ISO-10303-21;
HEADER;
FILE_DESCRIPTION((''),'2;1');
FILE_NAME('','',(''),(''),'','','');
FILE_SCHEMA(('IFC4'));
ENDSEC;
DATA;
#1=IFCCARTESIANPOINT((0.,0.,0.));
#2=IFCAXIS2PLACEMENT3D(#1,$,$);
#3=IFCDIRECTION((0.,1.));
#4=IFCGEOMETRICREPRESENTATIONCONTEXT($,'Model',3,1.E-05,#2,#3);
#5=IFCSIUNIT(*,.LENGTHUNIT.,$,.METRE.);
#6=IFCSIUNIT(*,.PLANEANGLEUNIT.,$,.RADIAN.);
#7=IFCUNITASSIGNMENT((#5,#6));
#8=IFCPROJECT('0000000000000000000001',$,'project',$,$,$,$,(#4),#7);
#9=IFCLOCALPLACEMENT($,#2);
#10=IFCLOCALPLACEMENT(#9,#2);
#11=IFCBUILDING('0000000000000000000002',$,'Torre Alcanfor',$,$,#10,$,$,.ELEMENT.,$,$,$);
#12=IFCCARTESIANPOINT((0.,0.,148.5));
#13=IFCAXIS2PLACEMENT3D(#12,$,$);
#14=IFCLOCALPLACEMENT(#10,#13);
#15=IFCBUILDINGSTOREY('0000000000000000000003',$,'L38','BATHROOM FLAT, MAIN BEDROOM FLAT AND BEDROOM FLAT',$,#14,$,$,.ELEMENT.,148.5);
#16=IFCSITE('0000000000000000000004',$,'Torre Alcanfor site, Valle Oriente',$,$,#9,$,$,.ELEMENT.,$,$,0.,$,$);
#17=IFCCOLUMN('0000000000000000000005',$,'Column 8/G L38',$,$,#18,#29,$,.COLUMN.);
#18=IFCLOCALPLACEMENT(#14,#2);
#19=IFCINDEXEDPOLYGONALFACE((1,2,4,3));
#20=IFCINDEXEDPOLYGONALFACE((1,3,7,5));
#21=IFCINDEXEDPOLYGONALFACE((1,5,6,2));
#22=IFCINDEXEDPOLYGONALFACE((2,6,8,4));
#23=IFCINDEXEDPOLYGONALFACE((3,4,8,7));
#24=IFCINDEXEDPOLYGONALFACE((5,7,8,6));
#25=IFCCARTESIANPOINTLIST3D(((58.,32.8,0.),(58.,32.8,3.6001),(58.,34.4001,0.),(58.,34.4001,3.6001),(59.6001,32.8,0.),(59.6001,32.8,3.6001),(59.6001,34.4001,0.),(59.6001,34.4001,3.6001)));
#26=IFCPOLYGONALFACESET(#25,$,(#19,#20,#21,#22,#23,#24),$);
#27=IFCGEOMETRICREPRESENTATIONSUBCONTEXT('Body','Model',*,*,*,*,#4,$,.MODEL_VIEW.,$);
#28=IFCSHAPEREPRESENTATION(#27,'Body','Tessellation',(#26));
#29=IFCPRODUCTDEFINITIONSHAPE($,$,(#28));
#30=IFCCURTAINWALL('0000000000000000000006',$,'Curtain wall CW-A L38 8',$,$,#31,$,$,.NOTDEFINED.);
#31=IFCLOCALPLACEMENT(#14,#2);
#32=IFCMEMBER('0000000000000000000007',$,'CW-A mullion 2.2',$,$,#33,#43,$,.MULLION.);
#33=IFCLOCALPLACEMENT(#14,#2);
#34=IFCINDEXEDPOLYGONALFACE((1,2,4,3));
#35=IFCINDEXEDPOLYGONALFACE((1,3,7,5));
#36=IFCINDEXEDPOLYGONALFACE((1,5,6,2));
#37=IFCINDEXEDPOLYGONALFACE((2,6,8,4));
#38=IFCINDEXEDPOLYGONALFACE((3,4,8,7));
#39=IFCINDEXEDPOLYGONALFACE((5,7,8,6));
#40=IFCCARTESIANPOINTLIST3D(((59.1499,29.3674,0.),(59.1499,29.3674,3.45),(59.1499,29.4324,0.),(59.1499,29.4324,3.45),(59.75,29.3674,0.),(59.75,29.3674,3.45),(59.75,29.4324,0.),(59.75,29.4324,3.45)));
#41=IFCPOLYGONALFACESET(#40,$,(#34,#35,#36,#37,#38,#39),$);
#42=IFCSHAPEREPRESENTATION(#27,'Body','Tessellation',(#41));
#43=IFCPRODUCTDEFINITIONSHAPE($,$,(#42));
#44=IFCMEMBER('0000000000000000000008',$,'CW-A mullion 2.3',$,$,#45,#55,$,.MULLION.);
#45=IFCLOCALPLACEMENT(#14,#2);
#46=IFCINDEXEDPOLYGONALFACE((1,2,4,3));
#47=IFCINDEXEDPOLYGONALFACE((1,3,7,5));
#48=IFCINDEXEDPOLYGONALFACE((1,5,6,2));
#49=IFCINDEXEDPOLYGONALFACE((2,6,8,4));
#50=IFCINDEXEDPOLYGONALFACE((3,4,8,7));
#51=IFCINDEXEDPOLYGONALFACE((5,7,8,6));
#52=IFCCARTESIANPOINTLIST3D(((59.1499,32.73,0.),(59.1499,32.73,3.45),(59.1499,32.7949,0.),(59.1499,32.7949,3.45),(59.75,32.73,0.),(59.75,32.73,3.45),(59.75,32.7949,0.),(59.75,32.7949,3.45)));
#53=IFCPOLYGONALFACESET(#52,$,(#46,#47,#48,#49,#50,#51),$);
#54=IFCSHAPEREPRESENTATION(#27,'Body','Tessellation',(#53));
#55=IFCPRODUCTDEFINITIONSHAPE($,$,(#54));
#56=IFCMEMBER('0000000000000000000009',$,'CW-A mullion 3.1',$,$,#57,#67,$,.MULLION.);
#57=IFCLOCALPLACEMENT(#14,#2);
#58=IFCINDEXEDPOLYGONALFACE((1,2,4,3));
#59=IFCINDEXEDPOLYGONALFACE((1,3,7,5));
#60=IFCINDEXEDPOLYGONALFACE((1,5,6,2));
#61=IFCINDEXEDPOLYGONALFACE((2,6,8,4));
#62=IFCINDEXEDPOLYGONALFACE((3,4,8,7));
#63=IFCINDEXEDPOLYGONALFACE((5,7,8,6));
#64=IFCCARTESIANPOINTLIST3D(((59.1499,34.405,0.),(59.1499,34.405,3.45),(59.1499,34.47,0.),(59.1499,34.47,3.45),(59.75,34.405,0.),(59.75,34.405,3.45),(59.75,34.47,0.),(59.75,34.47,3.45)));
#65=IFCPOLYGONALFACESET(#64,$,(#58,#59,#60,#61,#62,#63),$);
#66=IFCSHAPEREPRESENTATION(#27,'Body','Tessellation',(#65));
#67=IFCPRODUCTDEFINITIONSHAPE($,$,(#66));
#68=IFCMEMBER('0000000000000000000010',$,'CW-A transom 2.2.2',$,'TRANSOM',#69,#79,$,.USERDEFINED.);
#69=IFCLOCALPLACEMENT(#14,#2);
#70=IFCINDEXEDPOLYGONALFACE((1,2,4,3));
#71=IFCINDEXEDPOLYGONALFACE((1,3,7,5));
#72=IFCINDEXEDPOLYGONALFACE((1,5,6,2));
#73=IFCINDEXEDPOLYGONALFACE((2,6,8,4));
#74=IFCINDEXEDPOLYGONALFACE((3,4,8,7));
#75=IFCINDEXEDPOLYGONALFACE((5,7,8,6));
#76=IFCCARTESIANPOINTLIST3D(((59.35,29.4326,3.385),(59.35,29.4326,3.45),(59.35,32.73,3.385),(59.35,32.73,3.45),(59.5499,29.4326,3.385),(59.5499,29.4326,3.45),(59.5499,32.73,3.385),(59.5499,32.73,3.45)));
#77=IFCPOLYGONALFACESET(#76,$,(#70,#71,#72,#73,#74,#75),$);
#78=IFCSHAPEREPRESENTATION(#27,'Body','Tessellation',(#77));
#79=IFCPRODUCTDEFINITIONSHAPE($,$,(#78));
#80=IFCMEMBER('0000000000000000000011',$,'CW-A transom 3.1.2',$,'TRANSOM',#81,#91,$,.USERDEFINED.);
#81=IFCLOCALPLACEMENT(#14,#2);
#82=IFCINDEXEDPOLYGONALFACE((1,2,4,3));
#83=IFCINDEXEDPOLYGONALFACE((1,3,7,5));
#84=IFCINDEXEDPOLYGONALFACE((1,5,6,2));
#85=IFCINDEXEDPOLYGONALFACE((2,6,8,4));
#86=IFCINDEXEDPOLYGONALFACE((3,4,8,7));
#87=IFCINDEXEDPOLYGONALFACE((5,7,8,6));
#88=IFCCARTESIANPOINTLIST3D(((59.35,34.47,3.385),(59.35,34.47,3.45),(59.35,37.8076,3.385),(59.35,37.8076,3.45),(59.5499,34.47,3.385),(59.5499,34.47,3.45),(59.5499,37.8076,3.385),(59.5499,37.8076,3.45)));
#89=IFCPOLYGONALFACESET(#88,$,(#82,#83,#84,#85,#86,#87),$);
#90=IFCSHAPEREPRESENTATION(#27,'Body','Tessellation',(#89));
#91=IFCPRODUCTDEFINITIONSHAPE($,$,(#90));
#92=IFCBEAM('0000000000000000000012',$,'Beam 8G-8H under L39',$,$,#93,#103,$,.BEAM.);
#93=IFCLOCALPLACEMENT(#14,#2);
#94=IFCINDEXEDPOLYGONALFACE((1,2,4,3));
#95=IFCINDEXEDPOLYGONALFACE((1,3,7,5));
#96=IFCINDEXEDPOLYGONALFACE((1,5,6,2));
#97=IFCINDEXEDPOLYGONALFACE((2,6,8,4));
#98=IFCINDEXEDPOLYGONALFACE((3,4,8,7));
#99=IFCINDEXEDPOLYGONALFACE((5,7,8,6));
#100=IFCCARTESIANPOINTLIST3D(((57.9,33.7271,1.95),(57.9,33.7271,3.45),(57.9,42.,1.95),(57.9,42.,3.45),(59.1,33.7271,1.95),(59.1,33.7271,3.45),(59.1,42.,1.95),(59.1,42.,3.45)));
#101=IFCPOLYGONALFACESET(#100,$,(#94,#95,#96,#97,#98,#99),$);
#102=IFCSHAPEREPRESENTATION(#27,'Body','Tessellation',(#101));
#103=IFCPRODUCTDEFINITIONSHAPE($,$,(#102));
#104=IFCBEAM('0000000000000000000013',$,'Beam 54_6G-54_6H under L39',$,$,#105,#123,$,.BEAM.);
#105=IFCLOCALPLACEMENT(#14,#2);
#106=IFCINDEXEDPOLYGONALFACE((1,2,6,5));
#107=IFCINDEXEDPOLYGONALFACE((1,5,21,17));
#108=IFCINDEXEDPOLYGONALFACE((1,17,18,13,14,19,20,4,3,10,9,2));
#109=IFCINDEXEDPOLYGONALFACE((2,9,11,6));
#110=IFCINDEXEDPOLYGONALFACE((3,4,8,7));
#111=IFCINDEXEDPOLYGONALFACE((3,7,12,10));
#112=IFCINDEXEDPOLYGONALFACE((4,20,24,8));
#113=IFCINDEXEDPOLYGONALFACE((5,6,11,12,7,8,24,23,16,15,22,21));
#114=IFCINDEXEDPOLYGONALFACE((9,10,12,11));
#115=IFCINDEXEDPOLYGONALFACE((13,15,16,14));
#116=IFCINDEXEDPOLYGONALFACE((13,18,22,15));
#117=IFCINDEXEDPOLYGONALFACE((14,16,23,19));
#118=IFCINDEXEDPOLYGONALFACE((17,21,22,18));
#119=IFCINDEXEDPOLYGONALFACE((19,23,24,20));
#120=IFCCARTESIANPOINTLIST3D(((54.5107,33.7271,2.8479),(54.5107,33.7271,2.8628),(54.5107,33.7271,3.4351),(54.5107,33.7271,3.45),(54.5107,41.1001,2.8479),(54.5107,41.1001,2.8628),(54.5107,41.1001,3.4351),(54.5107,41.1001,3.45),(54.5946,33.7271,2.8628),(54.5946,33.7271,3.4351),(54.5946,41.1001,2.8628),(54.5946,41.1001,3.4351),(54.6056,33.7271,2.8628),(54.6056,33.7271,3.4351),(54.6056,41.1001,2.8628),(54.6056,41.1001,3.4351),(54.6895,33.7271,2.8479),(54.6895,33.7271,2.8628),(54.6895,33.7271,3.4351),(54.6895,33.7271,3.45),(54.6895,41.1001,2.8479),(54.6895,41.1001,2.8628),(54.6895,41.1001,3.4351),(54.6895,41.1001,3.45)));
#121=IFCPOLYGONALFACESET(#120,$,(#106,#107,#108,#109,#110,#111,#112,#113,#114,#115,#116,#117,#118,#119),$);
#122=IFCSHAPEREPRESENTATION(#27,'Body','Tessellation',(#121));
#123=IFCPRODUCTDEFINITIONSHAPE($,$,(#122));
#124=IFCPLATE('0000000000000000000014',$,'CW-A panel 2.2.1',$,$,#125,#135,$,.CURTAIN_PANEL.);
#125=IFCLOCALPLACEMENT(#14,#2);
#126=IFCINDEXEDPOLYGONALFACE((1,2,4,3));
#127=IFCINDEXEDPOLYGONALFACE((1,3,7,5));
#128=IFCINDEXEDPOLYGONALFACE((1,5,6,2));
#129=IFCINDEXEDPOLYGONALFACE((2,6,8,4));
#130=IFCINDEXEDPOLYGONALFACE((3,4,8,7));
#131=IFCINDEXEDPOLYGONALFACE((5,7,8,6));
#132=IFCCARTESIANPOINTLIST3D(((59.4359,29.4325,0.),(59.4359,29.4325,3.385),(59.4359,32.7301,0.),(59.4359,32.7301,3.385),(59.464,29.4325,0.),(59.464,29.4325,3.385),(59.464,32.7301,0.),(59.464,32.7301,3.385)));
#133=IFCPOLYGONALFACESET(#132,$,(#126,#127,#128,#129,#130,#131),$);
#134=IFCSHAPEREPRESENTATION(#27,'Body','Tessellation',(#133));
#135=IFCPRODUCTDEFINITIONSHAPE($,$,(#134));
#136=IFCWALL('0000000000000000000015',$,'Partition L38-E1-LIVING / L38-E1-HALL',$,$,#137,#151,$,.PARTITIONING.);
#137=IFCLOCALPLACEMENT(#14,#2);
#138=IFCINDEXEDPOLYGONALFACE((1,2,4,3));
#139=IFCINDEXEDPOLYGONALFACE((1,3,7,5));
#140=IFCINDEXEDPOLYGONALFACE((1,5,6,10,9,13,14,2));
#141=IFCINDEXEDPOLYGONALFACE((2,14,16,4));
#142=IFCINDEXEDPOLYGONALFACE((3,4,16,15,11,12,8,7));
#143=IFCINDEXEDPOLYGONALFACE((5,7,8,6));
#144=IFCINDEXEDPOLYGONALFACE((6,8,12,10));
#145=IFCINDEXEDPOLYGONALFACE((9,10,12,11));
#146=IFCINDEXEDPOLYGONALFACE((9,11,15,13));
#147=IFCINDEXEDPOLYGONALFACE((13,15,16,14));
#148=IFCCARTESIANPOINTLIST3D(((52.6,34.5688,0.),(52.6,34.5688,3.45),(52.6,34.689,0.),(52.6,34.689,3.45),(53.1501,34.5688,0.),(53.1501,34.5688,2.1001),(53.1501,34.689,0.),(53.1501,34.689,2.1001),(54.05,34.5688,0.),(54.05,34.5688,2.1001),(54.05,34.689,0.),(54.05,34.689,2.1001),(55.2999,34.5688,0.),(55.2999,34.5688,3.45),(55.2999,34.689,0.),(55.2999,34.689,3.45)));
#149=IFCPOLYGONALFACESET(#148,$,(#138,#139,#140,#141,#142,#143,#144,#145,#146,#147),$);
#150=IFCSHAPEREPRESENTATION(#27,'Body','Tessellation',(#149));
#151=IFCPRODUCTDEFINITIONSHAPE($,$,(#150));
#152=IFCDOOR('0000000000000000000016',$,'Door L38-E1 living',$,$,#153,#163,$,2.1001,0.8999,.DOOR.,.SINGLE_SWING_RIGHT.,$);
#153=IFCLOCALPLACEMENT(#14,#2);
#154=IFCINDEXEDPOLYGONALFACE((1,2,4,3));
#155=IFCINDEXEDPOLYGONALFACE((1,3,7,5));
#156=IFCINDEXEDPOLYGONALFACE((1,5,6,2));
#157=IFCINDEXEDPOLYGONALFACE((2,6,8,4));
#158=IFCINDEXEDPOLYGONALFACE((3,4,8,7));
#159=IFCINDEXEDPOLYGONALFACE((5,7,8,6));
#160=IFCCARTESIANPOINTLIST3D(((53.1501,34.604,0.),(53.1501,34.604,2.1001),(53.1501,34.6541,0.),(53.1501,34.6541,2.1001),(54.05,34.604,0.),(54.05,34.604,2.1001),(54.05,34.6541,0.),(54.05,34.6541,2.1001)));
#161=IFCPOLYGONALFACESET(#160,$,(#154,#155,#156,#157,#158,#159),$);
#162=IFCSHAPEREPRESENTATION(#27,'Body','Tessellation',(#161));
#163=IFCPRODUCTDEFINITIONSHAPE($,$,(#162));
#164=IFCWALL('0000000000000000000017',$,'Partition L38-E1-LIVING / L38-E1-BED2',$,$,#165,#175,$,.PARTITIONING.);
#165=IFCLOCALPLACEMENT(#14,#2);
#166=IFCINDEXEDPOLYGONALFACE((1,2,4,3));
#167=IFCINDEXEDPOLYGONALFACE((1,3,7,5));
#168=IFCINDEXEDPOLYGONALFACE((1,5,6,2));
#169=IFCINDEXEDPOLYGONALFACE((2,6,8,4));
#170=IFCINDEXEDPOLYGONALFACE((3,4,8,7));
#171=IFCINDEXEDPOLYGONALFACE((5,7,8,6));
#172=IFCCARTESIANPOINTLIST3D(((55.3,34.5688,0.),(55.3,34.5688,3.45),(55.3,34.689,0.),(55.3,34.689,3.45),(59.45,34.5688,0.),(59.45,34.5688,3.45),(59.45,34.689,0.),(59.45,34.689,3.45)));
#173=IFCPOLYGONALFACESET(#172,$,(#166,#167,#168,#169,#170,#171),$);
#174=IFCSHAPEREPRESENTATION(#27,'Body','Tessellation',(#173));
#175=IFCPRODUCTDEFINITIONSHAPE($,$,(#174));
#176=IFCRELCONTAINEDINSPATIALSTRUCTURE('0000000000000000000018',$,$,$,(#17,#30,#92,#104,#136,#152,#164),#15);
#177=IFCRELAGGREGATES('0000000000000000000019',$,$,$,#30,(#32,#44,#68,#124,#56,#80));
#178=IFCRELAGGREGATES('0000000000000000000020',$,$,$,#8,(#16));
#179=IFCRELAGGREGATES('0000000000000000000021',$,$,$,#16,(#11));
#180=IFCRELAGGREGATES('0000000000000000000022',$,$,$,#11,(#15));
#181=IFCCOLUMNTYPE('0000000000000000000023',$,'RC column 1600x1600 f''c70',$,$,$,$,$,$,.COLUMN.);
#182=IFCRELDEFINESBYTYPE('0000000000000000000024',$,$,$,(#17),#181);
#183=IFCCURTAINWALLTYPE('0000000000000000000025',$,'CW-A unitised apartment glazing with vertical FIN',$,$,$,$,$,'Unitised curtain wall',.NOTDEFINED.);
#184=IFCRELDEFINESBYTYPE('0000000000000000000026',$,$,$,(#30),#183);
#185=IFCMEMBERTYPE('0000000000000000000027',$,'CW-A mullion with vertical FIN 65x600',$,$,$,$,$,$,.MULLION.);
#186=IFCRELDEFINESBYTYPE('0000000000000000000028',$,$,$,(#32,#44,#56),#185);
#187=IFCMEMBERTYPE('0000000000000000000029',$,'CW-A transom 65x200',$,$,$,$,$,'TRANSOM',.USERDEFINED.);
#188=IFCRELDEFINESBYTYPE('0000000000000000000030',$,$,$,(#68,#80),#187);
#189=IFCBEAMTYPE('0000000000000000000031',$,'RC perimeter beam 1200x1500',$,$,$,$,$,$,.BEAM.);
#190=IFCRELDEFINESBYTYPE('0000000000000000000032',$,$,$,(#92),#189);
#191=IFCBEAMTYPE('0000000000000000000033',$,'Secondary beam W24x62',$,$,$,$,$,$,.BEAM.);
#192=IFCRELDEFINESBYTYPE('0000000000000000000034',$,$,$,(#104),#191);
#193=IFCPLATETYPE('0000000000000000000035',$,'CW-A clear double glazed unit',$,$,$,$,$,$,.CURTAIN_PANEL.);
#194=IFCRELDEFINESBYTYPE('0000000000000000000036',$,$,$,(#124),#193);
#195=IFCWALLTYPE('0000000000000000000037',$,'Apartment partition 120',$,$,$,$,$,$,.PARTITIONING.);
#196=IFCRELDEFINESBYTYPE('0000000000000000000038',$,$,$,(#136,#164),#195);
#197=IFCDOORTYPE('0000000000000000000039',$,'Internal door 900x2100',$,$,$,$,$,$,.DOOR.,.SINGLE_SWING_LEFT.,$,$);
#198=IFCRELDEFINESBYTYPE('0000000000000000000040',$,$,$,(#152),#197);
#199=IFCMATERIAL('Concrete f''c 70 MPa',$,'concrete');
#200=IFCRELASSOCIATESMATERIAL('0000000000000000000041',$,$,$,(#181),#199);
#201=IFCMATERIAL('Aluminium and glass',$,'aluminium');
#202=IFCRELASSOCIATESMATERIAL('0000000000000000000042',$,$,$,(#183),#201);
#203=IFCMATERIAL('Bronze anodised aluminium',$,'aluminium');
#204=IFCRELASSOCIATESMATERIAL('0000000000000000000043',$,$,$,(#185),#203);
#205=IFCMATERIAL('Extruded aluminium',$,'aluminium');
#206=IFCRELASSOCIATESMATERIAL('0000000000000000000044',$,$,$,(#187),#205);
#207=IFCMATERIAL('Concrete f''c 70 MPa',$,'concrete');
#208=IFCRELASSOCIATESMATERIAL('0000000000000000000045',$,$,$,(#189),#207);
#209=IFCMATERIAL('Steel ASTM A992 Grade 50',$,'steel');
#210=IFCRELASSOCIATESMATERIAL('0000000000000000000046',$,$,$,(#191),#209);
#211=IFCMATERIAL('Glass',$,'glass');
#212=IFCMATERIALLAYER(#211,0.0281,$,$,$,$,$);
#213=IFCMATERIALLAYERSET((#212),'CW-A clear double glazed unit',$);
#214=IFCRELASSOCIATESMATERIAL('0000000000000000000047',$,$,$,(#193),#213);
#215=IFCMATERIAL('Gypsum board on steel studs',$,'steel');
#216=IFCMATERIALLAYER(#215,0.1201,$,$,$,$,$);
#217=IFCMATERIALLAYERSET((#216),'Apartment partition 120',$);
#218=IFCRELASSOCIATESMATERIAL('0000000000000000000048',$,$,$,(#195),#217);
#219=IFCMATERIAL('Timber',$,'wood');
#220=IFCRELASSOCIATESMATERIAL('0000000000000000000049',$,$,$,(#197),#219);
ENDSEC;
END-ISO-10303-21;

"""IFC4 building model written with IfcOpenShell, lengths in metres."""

from ifc_helpers import new_model, si_unit, direction, frame, frame_2d, origin, origin_2d, place, context, subcontext, project, spatial, rectangle, i_section, extrude, material, layer, layer_set, material_profile, profile_set, type_object, element, fill, aggregate, save


model = new_model("IFC4")

# Units and contexts
model_context = context("Model", 3, precision=1e-05, world=origin(), true_north=direction((0.0, 1.0)))
body_context = subcontext(model_context, "Body", "Model", "MODEL_VIEW")
ifc_project = project(units=[si_unit("LENGTHUNIT", "METRE"), si_unit("PLANEANGLEUNIT", "RADIAN")], contexts=[model_context])

# Site, building, storey
site_placement = place(None, origin())
site = spatial("IfcSite", under=ifc_project, at=site_placement, Name="Torre Alcanfor site, Valle Oriente", CompositionType="ELEMENT", RefElevation=0.0)
building_placement = place(site_placement, origin())
building = spatial("IfcBuilding", under=site, at=building_placement, Name="Torre Alcanfor", CompositionType="ELEMENT")
storey_placement = place(building_placement, frame((0.0, 0.0, 148.5)))
storey = spatial("IfcBuildingStorey", under=building, at=storey_placement, Name="L38", Description="BATHROOM FLAT, MAIN BEDROOM FLAT AND BEDROOM FLAT", CompositionType="ELEMENT", Elevation=148.5)

# Column
ifc_material_1 = material(Name="Concrete f'c 70 MPa", Category="concrete")
ifc_material_profile_1 = material_profile(ifc_material_1, rectangle(XDim=1.6001, YDim=1.6001, at=origin_2d()), Name="1600x1600")
ifc_profile_set_1 = profile_set([ifc_material_profile_1], Name="Concrete f'c 70 MPa")
column_type = type_object("IfcColumnType", Name="RC column 1600x1600 f'c70", PredefinedType="COLUMN", material=ifc_profile_set_1)
column_placement = place(storey_placement, frame((58.8, 33.6001, 0.0), z_axis=(0.0, 0.0, 1.0), x_axis=(1.0, 0.0, 0.0)))
element("IfcColumn", 1, at=column_placement, inside=storey, type_object=column_type, Name="Column 8/G L38", PredefinedType="COLUMN", context=body_context, shape_type="SweptSolid", body=[
    extrude(rectangle(XDim=1.6001, YDim=1.6001, at=origin_2d()), origin(), (0.0, 0.0, 1.0), 3.6001),
])

# Curtain wall, members
ifc_material_2 = material(Name="Aluminium and glass", Category="aluminium")
curtain_wall_type = type_object("IfcCurtainWallType", Name="CW-A unitised apartment glazing with vertical FIN", ElementType="Unitised curtain wall", PredefinedType="NOTDEFINED", material=ifc_material_2)
curtain_wall_placement = place(storey_placement, origin())
curtain_wall = element("IfcCurtainWall", 2, at=curtain_wall_placement, inside=storey, type_object=curtain_wall_type, Name="Curtain wall CW-A L38 8", PredefinedType="NOTDEFINED")
ifc_material_3 = material(Name="Bronze anodised aluminium", Category="aluminium")
ifc_material_profile_2 = material_profile(ifc_material_3, rectangle(XDim=0.6001, YDim=0.0649, at=origin_2d()), Name="CW-A mullion 65x600")
ifc_profile_set_2 = profile_set([ifc_material_profile_2], Name="Bronze anodised aluminium")
member_type_1 = type_object("IfcMemberType", Name="CW-A mullion with vertical FIN 65x600", PredefinedType="MULLION", material=ifc_profile_set_2)
member_1_placement = place(storey_placement, frame((59.45, 29.3999, 0.0), z_axis=(0.0, 0.0, 1.0), x_axis=(-1.0, 0.0, 0.0)))
member_1 = element("IfcMember", 3, at=member_1_placement, type_object=member_type_1, Name="CW-A mullion 2.2", PredefinedType="MULLION", context=body_context, shape_type="SweptSolid", body=[
    extrude(rectangle(XDim=0.6001, YDim=0.0649, at=origin_2d()), origin(), (0.0, 0.0, 1.0), 3.45),
])
member_2_placement = place(storey_placement, frame((59.45, 32.7625, 0.0), z_axis=(0.0, 0.0, 1.0), x_axis=(-1.0, 0.0, 0.0)))
member_2 = element("IfcMember", 4, at=member_2_placement, type_object=member_type_1, Name="CW-A mullion 2.3", PredefinedType="MULLION", context=body_context, shape_type="SweptSolid", body=[
    extrude(rectangle(XDim=0.6001, YDim=0.0649, at=origin_2d()), origin(), (0.0, 0.0, 1.0), 3.45),
])
member_3_placement = place(storey_placement, frame((59.45, 34.4375, 0.0), z_axis=(0.0, 0.0, 1.0), x_axis=(-1.0, 0.0, 0.0)))
member_3 = element("IfcMember", 5, at=member_3_placement, type_object=member_type_1, Name="CW-A mullion 3.1", PredefinedType="MULLION", context=body_context, shape_type="SweptSolid", body=[
    extrude(rectangle(XDim=0.6001, YDim=0.0649, at=origin_2d()), origin(), (0.0, 0.0, 1.0), 3.45),
])
ifc_material_4 = material(Name="Extruded aluminium", Category="aluminium")
ifc_material_profile_3 = material_profile(ifc_material_4, rectangle(XDim=0.2, YDim=0.0649, at=origin_2d()), Name="CW-A transom 200x65")
ifc_profile_set_3 = profile_set([ifc_material_profile_3], Name="Extruded aluminium")
member_type_2 = type_object("IfcMemberType", Name="CW-A transom 65x200", ElementType="TRANSOM", PredefinedType="USERDEFINED", material=ifc_profile_set_3)
member_4_placement = place(storey_placement, frame((59.45, 29.4326, 3.4175), z_axis=(0.0, 1.0, 0.0), x_axis=(-1.0, 0.0, 0.0)))
member_4 = element("IfcMember", 6, at=member_4_placement, type_object=member_type_2, Name="CW-A transom 2.2.2", ObjectType="TRANSOM", PredefinedType="USERDEFINED", context=body_context, shape_type="SweptSolid", body=[
    extrude(rectangle(XDim=0.2, YDim=0.0649, at=origin_2d()), origin(), (0.0, 0.0, 1.0), 3.2974),
])
member_5_placement = place(storey_placement, frame((59.45, 34.47, 3.4175), z_axis=(0.0, 1.0, 0.0), x_axis=(-1.0, 0.0, 0.0)))
member_5 = element("IfcMember", 7, at=member_5_placement, type_object=member_type_2, Name="CW-A transom 3.1.2", ObjectType="TRANSOM", PredefinedType="USERDEFINED", context=body_context, shape_type="SweptSolid", body=[
    extrude(rectangle(XDim=0.2, YDim=0.0649, at=origin_2d()), origin(), (0.0, 0.0, 1.0), 3.3376),
])

# Beams
ifc_material_5 = material(Name="Concrete f'c 70 MPa", Category="concrete")
ifc_material_profile_4 = material_profile(ifc_material_5, rectangle(XDim=1.2, YDim=1.5, at=origin_2d()), Name="1200x1500")
ifc_profile_set_4 = profile_set([ifc_material_profile_4], Name="Concrete f'c 70 MPa")
beam_type_1 = type_object("IfcBeamType", Name="RC perimeter beam 1200x1500", PredefinedType="BEAM", material=ifc_profile_set_4)
beam_1_placement = place(storey_placement, frame((58.5, 33.7271, 2.7), z_axis=(0.0, 1.0, 0.0), x_axis=(-1.0, 0.0, 0.0)))
element("IfcBeam", 8, at=beam_1_placement, inside=storey, type_object=beam_type_1, Name="Beam 8G-8H under L39", PredefinedType="BEAM", context=body_context, shape_type="SweptSolid", body=[
    extrude(rectangle(XDim=1.2, YDim=1.5, at=origin_2d()), origin(), (0.0, 0.0, 1.0), 8.2729),
])
ifc_material_6 = material(Name="Steel ASTM A992 Grade 50", Category="steel")
ifc_material_profile_5 = material_profile(ifc_material_6, i_section(OverallWidth=0.1787, OverallDepth=0.6021, WebThickness=0.011, FlangeThickness=0.0149, at=origin_2d()), Name="W24x62")
ifc_profile_set_5 = profile_set([ifc_material_profile_5], Name="Steel ASTM A992 Grade 50")
beam_type_2 = type_object("IfcBeamType", Name="Secondary beam W24x62", PredefinedType="BEAM", material=ifc_profile_set_5)
beam_2_placement = place(storey_placement, frame((54.6001, 33.7271, 3.1489), z_axis=(0.0, 1.0, 0.0), x_axis=(-1.0, 0.0, 0.0)))
element("IfcBeam", 9, at=beam_2_placement, inside=storey, type_object=beam_type_2, Name="Beam 54_6G-54_6H under L39", PredefinedType="BEAM", context=body_context, shape_type="SweptSolid", body=[
    extrude(i_section(OverallWidth=0.1787, OverallDepth=0.6021, WebThickness=0.011, FlangeThickness=0.0149, at=origin_2d()), origin(), (0.0, 0.0, 1.0), 7.373),
])

# Plate
ifc_material_7 = material(Name="Glass", Category="glass")
ifc_layer_1 = layer(ifc_material_7, 0.0281)
ifc_layer_set_1 = layer_set([ifc_layer_1], Name="CW-A clear double glazed unit")
plate_type = type_object("IfcPlateType", Name="CW-A clear double glazed unit", PredefinedType="CURTAIN_PANEL", material=ifc_layer_set_1)
plate_placement = place(storey_placement, frame((59.45, 31.0813, 0.0), z_axis=(0.0, 0.0, 1.0), x_axis=(0.0, 1.0, 0.0)))
plate = element("IfcPlate", 10, at=plate_placement, type_object=plate_type, Name="CW-A panel 2.2.1", PredefinedType="CURTAIN_PANEL", context=body_context, shape_type="SweptSolid", body=[
    extrude(rectangle(XDim=3.2976, YDim=0.0281, at=origin_2d()), origin(), (0.0, 0.0, 1.0), 3.385),
])
aggregate(curtain_wall, [member_1, member_2, member_4, plate, member_3, member_5])

# Wall, opening, door
ifc_material_8 = material(Name="Gypsum board on steel studs", Category="steel")
ifc_layer_2 = layer(ifc_material_8, 0.1201)
ifc_layer_set_2 = layer_set([ifc_layer_2], Name="Apartment partition 120")
wall_type = type_object("IfcWallType", Name="Apartment partition 120", PredefinedType="PARTITIONING", material=ifc_layer_set_2)
wall_1_placement = place(storey_placement, frame((55.3, 34.6289, 0.0), z_axis=(0.0, 0.0, 1.0), x_axis=(-1.0, 0.0, 0.0)))
wall_1 = element("IfcWall", 11, at=wall_1_placement, inside=storey, type_object=wall_type, Name="Partition L38-E1-LIVING / L38-E1-HALL", PredefinedType="PARTITIONING", context=body_context, shape_type="SweptSolid", body=[
    extrude(rectangle(XDim=2.7, YDim=0.1201, at=frame_2d((1.3501, 0.0))), origin(), (0.0, 0.0, 1.0), 3.45),
])
opening_1_placement = place(wall_1_placement, frame((1.25, 0.0, 0.0)))
opening_1 = element("IfcOpeningElement", 12, at=opening_1_placement, cuts=wall_1, PredefinedType="OPENING", context=body_context, shape_type="SweptSolid", body=[
    extrude(rectangle(XDim=0.8999, YDim=2.1001, at=frame_2d((0.45, 1.05))), frame((0.0, 0.0701, 0.0), z_axis=(0.0, -1.0, 0.0), x_axis=(1.0, 0.0, 0.0)), (0.0, 0.0, 1.0), 0.1401),
])
ifc_material_9 = material(Name="Timber", Category="wood")
door_type = type_object("IfcDoorType", Name="Internal door 900x2100", OperationType="SINGLE_SWING_LEFT", PredefinedType="DOOR", material=ifc_material_9)
door_1_placement = place(opening_1_placement, origin())
door_1 = element("IfcDoor", 13, at=door_1_placement, inside=storey, type_object=door_type, Name="Door L38-E1 living", OperationType="SINGLE_SWING_RIGHT", OverallHeight=2.1001, OverallWidth=0.8999, PredefinedType="DOOR", context=body_context, shape_type="SweptSolid", body=[
    extrude(rectangle(XDim=0.8999, YDim=2.1001, at=frame_2d((0.45, 1.05))), frame((0.0, 0.0249, 0.0), z_axis=(0.0, -1.0, 0.0), x_axis=(1.0, 0.0, 0.0)), (0.0, 0.0, 1.0), 0.05),
])
fill(opening_1, door_1)

# Wall
wall_2_placement = place(storey_placement, frame((59.45, 34.6289, 0.0), z_axis=(0.0, 0.0, 1.0), x_axis=(-1.0, 0.0, 0.0)))
element("IfcWall", 14, at=wall_2_placement, inside=storey, type_object=wall_type, Name="Partition L38-E1-LIVING / L38-E1-BED2", PredefinedType="PARTITIONING", context=body_context, shape_type="SweptSolid", body=[
    extrude(rectangle(XDim=4.1499, YDim=0.1201, at=frame_2d((2.075, 0.0))), origin(), (0.0, 0.0, 1.0), 3.45),
])

save(model, "model.ifc")
